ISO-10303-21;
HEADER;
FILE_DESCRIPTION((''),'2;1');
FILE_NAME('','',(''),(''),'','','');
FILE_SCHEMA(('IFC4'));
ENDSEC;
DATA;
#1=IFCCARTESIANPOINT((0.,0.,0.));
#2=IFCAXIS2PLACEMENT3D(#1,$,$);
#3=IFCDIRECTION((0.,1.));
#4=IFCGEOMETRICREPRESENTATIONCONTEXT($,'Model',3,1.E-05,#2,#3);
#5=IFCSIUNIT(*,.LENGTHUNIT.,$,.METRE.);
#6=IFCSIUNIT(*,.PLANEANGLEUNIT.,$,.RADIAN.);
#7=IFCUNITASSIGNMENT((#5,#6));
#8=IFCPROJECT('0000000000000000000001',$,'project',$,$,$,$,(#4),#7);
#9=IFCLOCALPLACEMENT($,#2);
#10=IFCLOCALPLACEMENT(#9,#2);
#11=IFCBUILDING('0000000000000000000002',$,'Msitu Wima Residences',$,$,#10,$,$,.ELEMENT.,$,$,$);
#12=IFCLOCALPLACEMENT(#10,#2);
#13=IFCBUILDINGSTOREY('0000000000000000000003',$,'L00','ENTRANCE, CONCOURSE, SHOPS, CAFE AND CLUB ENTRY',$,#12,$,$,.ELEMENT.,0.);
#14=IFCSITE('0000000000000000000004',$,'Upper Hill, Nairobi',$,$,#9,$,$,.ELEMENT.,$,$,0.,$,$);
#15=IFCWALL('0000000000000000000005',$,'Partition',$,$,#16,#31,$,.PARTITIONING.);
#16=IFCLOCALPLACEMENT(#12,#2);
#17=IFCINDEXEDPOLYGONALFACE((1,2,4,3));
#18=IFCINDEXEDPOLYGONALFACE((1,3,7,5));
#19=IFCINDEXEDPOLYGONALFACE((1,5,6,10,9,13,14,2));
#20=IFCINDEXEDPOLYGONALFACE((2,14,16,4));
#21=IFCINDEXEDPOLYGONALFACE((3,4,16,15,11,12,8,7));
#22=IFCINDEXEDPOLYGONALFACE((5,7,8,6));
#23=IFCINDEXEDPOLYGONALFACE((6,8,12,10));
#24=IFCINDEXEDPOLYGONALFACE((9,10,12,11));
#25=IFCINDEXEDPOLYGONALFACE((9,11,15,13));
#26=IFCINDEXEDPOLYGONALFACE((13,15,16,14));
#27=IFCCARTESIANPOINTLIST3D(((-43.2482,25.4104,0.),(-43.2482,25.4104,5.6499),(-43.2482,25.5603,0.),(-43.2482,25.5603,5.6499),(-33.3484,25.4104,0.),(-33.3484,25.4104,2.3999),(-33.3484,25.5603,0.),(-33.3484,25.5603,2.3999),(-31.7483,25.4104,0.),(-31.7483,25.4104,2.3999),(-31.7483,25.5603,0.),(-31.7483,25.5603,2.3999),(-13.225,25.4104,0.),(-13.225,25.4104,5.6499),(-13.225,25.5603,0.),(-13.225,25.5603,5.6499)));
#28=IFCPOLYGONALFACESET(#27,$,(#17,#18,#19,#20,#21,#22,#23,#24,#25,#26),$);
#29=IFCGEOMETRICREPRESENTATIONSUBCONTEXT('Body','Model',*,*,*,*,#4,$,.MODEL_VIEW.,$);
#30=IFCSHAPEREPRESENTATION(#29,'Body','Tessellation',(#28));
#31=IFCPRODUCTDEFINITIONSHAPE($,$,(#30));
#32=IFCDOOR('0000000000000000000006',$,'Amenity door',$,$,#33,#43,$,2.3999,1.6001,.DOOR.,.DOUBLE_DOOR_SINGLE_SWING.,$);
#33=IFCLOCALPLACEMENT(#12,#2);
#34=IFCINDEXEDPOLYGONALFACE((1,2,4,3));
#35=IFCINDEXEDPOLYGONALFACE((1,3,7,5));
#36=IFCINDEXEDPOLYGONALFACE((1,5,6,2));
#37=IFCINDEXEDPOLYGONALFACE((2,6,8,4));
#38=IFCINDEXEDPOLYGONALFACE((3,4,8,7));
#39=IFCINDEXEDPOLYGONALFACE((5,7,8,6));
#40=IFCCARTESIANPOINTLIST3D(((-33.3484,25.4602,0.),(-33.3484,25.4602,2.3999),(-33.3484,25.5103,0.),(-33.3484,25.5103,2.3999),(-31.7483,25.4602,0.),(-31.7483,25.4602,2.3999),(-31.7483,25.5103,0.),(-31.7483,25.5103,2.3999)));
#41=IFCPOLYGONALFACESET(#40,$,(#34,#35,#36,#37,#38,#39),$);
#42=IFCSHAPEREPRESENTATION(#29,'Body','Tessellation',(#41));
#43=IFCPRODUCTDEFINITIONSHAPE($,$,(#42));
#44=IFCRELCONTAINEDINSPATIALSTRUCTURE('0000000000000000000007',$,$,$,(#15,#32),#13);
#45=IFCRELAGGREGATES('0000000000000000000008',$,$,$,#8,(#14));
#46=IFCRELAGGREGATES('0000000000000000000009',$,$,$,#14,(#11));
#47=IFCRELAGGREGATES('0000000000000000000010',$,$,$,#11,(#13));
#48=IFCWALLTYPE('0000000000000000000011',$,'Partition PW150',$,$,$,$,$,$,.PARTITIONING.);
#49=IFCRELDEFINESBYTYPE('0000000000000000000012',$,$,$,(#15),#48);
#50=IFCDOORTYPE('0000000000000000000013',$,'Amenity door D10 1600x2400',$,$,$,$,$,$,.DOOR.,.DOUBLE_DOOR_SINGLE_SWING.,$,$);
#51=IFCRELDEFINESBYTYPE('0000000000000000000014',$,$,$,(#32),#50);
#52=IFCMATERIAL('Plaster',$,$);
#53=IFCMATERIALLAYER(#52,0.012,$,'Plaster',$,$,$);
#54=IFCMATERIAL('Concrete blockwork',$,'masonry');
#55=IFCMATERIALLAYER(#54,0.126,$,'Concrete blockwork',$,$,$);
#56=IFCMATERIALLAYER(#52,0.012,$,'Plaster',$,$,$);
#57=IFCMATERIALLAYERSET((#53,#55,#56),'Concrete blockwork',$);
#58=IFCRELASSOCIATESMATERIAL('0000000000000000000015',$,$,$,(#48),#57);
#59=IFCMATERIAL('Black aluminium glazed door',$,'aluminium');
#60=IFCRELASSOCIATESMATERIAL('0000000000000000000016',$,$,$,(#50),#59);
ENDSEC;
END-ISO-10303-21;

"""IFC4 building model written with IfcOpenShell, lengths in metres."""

from ifc_helpers import new_model, si_unit, direction, frame, frame_2d, origin, place, context, subcontext, project, spatial, rectangle, extrude, material, layer, layer_set, type_object, element, fill, save


model = new_model("IFC4")

# Units and contexts
model_context = context("Model", 3, precision=1e-05, world=origin(), true_north=direction((0.0, 1.0)))
body_context = subcontext(model_context, "Body", "Model", "MODEL_VIEW")
ifc_project = project(units=[si_unit("LENGTHUNIT", "METRE"), si_unit("PLANEANGLEUNIT", "RADIAN")], contexts=[model_context])

# Site, building, storey
site_placement = place(None, origin())
site = spatial("IfcSite", under=ifc_project, at=site_placement, Name="Upper Hill, Nairobi", CompositionType="ELEMENT", RefElevation=0.0)
building_placement = place(site_placement, origin())
building = spatial("IfcBuilding", under=site, at=building_placement, Name="Msitu Wima Residences", CompositionType="ELEMENT")
storey_placement = place(building_placement, origin())
storey = spatial("IfcBuildingStorey", under=building, at=storey_placement, Name="L00", Description="ENTRANCE, CONCOURSE, SHOPS, CAFE AND CLUB ENTRY", CompositionType="ELEMENT", Elevation=0.0)

# Wall, opening, door
ifc_material_1 = material(Name="Plaster")
ifc_layer_1 = layer(ifc_material_1, 0.012, Name="Plaster")
ifc_material_2 = material(Name="Concrete blockwork", Category="masonry")
ifc_layer_2 = layer(ifc_material_2, 0.126, Name="Concrete blockwork")
ifc_layer_3 = layer(ifc_material_1, 0.012, Name="Plaster")
ifc_layer_set_1 = layer_set([ifc_layer_1, ifc_layer_2, ifc_layer_3], Name="Concrete blockwork")
wall_type = type_object("IfcWallType", Name="Partition PW150", PredefinedType="PARTITIONING", material=ifc_layer_set_1)
wall_placement = place(storey_placement, frame((-43.2483, 25.4854, 0.0), z_axis=(0.0, 0.0, 1.0), x_axis=(1.0, 0.0, 0.0)))
wall = element("IfcWall", 1, at=wall_placement, inside=storey, type_object=wall_type, Name="Partition", PredefinedType="PARTITIONING", context=body_context, shape_type="SweptSolid", body=[
    extrude(rectangle(XDim=30.0232, YDim=0.1499, at=frame_2d((15.0117, 0.0))), origin(), (0.0, 0.0, 1.0), 5.6499),
])
opening_placement = place(wall_placement, frame((9.8999, 0.0, 0.0)))
opening = element("IfcOpeningElement", 2, at=opening_placement, cuts=wall, PredefinedType="OPENING", context=body_context, shape_type="SweptSolid", body=[
    extrude(rectangle(XDim=1.6001, YDim=2.3999, at=frame_2d((0.8, 1.2))), frame((0.0, 0.085, 0.0), z_axis=(0.0, -1.0, 0.0), x_axis=(1.0, 0.0, 0.0)), (0.0, 0.0, 1.0), 0.1699),
])
ifc_material_3 = material(Name="Black aluminium glazed door", Category="aluminium")
door_type = type_object("IfcDoorType", Name="Amenity door D10 1600x2400", OperationType="DOUBLE_DOOR_SINGLE_SWING", PredefinedType="DOOR", material=ifc_material_3)
door_placement = place(opening_placement, origin())
door = element("IfcDoor", 3, at=door_placement, inside=storey, type_object=door_type, Name="Amenity door", OperationType="DOUBLE_DOOR_SINGLE_SWING", OverallHeight=2.3999, OverallWidth=1.6001, PredefinedType="DOOR", context=body_context, shape_type="SweptSolid", body=[
    extrude(rectangle(XDim=1.6001, YDim=2.3999, at=frame_2d((0.8, 1.2))), frame((0.0, 0.0249, 0.0), z_axis=(0.0, -1.0, 0.0), x_axis=(1.0, 0.0, 0.0)), (0.0, 0.0, 1.0), 0.05),
])
fill(opening, door)

save(model, "model.ifc")
